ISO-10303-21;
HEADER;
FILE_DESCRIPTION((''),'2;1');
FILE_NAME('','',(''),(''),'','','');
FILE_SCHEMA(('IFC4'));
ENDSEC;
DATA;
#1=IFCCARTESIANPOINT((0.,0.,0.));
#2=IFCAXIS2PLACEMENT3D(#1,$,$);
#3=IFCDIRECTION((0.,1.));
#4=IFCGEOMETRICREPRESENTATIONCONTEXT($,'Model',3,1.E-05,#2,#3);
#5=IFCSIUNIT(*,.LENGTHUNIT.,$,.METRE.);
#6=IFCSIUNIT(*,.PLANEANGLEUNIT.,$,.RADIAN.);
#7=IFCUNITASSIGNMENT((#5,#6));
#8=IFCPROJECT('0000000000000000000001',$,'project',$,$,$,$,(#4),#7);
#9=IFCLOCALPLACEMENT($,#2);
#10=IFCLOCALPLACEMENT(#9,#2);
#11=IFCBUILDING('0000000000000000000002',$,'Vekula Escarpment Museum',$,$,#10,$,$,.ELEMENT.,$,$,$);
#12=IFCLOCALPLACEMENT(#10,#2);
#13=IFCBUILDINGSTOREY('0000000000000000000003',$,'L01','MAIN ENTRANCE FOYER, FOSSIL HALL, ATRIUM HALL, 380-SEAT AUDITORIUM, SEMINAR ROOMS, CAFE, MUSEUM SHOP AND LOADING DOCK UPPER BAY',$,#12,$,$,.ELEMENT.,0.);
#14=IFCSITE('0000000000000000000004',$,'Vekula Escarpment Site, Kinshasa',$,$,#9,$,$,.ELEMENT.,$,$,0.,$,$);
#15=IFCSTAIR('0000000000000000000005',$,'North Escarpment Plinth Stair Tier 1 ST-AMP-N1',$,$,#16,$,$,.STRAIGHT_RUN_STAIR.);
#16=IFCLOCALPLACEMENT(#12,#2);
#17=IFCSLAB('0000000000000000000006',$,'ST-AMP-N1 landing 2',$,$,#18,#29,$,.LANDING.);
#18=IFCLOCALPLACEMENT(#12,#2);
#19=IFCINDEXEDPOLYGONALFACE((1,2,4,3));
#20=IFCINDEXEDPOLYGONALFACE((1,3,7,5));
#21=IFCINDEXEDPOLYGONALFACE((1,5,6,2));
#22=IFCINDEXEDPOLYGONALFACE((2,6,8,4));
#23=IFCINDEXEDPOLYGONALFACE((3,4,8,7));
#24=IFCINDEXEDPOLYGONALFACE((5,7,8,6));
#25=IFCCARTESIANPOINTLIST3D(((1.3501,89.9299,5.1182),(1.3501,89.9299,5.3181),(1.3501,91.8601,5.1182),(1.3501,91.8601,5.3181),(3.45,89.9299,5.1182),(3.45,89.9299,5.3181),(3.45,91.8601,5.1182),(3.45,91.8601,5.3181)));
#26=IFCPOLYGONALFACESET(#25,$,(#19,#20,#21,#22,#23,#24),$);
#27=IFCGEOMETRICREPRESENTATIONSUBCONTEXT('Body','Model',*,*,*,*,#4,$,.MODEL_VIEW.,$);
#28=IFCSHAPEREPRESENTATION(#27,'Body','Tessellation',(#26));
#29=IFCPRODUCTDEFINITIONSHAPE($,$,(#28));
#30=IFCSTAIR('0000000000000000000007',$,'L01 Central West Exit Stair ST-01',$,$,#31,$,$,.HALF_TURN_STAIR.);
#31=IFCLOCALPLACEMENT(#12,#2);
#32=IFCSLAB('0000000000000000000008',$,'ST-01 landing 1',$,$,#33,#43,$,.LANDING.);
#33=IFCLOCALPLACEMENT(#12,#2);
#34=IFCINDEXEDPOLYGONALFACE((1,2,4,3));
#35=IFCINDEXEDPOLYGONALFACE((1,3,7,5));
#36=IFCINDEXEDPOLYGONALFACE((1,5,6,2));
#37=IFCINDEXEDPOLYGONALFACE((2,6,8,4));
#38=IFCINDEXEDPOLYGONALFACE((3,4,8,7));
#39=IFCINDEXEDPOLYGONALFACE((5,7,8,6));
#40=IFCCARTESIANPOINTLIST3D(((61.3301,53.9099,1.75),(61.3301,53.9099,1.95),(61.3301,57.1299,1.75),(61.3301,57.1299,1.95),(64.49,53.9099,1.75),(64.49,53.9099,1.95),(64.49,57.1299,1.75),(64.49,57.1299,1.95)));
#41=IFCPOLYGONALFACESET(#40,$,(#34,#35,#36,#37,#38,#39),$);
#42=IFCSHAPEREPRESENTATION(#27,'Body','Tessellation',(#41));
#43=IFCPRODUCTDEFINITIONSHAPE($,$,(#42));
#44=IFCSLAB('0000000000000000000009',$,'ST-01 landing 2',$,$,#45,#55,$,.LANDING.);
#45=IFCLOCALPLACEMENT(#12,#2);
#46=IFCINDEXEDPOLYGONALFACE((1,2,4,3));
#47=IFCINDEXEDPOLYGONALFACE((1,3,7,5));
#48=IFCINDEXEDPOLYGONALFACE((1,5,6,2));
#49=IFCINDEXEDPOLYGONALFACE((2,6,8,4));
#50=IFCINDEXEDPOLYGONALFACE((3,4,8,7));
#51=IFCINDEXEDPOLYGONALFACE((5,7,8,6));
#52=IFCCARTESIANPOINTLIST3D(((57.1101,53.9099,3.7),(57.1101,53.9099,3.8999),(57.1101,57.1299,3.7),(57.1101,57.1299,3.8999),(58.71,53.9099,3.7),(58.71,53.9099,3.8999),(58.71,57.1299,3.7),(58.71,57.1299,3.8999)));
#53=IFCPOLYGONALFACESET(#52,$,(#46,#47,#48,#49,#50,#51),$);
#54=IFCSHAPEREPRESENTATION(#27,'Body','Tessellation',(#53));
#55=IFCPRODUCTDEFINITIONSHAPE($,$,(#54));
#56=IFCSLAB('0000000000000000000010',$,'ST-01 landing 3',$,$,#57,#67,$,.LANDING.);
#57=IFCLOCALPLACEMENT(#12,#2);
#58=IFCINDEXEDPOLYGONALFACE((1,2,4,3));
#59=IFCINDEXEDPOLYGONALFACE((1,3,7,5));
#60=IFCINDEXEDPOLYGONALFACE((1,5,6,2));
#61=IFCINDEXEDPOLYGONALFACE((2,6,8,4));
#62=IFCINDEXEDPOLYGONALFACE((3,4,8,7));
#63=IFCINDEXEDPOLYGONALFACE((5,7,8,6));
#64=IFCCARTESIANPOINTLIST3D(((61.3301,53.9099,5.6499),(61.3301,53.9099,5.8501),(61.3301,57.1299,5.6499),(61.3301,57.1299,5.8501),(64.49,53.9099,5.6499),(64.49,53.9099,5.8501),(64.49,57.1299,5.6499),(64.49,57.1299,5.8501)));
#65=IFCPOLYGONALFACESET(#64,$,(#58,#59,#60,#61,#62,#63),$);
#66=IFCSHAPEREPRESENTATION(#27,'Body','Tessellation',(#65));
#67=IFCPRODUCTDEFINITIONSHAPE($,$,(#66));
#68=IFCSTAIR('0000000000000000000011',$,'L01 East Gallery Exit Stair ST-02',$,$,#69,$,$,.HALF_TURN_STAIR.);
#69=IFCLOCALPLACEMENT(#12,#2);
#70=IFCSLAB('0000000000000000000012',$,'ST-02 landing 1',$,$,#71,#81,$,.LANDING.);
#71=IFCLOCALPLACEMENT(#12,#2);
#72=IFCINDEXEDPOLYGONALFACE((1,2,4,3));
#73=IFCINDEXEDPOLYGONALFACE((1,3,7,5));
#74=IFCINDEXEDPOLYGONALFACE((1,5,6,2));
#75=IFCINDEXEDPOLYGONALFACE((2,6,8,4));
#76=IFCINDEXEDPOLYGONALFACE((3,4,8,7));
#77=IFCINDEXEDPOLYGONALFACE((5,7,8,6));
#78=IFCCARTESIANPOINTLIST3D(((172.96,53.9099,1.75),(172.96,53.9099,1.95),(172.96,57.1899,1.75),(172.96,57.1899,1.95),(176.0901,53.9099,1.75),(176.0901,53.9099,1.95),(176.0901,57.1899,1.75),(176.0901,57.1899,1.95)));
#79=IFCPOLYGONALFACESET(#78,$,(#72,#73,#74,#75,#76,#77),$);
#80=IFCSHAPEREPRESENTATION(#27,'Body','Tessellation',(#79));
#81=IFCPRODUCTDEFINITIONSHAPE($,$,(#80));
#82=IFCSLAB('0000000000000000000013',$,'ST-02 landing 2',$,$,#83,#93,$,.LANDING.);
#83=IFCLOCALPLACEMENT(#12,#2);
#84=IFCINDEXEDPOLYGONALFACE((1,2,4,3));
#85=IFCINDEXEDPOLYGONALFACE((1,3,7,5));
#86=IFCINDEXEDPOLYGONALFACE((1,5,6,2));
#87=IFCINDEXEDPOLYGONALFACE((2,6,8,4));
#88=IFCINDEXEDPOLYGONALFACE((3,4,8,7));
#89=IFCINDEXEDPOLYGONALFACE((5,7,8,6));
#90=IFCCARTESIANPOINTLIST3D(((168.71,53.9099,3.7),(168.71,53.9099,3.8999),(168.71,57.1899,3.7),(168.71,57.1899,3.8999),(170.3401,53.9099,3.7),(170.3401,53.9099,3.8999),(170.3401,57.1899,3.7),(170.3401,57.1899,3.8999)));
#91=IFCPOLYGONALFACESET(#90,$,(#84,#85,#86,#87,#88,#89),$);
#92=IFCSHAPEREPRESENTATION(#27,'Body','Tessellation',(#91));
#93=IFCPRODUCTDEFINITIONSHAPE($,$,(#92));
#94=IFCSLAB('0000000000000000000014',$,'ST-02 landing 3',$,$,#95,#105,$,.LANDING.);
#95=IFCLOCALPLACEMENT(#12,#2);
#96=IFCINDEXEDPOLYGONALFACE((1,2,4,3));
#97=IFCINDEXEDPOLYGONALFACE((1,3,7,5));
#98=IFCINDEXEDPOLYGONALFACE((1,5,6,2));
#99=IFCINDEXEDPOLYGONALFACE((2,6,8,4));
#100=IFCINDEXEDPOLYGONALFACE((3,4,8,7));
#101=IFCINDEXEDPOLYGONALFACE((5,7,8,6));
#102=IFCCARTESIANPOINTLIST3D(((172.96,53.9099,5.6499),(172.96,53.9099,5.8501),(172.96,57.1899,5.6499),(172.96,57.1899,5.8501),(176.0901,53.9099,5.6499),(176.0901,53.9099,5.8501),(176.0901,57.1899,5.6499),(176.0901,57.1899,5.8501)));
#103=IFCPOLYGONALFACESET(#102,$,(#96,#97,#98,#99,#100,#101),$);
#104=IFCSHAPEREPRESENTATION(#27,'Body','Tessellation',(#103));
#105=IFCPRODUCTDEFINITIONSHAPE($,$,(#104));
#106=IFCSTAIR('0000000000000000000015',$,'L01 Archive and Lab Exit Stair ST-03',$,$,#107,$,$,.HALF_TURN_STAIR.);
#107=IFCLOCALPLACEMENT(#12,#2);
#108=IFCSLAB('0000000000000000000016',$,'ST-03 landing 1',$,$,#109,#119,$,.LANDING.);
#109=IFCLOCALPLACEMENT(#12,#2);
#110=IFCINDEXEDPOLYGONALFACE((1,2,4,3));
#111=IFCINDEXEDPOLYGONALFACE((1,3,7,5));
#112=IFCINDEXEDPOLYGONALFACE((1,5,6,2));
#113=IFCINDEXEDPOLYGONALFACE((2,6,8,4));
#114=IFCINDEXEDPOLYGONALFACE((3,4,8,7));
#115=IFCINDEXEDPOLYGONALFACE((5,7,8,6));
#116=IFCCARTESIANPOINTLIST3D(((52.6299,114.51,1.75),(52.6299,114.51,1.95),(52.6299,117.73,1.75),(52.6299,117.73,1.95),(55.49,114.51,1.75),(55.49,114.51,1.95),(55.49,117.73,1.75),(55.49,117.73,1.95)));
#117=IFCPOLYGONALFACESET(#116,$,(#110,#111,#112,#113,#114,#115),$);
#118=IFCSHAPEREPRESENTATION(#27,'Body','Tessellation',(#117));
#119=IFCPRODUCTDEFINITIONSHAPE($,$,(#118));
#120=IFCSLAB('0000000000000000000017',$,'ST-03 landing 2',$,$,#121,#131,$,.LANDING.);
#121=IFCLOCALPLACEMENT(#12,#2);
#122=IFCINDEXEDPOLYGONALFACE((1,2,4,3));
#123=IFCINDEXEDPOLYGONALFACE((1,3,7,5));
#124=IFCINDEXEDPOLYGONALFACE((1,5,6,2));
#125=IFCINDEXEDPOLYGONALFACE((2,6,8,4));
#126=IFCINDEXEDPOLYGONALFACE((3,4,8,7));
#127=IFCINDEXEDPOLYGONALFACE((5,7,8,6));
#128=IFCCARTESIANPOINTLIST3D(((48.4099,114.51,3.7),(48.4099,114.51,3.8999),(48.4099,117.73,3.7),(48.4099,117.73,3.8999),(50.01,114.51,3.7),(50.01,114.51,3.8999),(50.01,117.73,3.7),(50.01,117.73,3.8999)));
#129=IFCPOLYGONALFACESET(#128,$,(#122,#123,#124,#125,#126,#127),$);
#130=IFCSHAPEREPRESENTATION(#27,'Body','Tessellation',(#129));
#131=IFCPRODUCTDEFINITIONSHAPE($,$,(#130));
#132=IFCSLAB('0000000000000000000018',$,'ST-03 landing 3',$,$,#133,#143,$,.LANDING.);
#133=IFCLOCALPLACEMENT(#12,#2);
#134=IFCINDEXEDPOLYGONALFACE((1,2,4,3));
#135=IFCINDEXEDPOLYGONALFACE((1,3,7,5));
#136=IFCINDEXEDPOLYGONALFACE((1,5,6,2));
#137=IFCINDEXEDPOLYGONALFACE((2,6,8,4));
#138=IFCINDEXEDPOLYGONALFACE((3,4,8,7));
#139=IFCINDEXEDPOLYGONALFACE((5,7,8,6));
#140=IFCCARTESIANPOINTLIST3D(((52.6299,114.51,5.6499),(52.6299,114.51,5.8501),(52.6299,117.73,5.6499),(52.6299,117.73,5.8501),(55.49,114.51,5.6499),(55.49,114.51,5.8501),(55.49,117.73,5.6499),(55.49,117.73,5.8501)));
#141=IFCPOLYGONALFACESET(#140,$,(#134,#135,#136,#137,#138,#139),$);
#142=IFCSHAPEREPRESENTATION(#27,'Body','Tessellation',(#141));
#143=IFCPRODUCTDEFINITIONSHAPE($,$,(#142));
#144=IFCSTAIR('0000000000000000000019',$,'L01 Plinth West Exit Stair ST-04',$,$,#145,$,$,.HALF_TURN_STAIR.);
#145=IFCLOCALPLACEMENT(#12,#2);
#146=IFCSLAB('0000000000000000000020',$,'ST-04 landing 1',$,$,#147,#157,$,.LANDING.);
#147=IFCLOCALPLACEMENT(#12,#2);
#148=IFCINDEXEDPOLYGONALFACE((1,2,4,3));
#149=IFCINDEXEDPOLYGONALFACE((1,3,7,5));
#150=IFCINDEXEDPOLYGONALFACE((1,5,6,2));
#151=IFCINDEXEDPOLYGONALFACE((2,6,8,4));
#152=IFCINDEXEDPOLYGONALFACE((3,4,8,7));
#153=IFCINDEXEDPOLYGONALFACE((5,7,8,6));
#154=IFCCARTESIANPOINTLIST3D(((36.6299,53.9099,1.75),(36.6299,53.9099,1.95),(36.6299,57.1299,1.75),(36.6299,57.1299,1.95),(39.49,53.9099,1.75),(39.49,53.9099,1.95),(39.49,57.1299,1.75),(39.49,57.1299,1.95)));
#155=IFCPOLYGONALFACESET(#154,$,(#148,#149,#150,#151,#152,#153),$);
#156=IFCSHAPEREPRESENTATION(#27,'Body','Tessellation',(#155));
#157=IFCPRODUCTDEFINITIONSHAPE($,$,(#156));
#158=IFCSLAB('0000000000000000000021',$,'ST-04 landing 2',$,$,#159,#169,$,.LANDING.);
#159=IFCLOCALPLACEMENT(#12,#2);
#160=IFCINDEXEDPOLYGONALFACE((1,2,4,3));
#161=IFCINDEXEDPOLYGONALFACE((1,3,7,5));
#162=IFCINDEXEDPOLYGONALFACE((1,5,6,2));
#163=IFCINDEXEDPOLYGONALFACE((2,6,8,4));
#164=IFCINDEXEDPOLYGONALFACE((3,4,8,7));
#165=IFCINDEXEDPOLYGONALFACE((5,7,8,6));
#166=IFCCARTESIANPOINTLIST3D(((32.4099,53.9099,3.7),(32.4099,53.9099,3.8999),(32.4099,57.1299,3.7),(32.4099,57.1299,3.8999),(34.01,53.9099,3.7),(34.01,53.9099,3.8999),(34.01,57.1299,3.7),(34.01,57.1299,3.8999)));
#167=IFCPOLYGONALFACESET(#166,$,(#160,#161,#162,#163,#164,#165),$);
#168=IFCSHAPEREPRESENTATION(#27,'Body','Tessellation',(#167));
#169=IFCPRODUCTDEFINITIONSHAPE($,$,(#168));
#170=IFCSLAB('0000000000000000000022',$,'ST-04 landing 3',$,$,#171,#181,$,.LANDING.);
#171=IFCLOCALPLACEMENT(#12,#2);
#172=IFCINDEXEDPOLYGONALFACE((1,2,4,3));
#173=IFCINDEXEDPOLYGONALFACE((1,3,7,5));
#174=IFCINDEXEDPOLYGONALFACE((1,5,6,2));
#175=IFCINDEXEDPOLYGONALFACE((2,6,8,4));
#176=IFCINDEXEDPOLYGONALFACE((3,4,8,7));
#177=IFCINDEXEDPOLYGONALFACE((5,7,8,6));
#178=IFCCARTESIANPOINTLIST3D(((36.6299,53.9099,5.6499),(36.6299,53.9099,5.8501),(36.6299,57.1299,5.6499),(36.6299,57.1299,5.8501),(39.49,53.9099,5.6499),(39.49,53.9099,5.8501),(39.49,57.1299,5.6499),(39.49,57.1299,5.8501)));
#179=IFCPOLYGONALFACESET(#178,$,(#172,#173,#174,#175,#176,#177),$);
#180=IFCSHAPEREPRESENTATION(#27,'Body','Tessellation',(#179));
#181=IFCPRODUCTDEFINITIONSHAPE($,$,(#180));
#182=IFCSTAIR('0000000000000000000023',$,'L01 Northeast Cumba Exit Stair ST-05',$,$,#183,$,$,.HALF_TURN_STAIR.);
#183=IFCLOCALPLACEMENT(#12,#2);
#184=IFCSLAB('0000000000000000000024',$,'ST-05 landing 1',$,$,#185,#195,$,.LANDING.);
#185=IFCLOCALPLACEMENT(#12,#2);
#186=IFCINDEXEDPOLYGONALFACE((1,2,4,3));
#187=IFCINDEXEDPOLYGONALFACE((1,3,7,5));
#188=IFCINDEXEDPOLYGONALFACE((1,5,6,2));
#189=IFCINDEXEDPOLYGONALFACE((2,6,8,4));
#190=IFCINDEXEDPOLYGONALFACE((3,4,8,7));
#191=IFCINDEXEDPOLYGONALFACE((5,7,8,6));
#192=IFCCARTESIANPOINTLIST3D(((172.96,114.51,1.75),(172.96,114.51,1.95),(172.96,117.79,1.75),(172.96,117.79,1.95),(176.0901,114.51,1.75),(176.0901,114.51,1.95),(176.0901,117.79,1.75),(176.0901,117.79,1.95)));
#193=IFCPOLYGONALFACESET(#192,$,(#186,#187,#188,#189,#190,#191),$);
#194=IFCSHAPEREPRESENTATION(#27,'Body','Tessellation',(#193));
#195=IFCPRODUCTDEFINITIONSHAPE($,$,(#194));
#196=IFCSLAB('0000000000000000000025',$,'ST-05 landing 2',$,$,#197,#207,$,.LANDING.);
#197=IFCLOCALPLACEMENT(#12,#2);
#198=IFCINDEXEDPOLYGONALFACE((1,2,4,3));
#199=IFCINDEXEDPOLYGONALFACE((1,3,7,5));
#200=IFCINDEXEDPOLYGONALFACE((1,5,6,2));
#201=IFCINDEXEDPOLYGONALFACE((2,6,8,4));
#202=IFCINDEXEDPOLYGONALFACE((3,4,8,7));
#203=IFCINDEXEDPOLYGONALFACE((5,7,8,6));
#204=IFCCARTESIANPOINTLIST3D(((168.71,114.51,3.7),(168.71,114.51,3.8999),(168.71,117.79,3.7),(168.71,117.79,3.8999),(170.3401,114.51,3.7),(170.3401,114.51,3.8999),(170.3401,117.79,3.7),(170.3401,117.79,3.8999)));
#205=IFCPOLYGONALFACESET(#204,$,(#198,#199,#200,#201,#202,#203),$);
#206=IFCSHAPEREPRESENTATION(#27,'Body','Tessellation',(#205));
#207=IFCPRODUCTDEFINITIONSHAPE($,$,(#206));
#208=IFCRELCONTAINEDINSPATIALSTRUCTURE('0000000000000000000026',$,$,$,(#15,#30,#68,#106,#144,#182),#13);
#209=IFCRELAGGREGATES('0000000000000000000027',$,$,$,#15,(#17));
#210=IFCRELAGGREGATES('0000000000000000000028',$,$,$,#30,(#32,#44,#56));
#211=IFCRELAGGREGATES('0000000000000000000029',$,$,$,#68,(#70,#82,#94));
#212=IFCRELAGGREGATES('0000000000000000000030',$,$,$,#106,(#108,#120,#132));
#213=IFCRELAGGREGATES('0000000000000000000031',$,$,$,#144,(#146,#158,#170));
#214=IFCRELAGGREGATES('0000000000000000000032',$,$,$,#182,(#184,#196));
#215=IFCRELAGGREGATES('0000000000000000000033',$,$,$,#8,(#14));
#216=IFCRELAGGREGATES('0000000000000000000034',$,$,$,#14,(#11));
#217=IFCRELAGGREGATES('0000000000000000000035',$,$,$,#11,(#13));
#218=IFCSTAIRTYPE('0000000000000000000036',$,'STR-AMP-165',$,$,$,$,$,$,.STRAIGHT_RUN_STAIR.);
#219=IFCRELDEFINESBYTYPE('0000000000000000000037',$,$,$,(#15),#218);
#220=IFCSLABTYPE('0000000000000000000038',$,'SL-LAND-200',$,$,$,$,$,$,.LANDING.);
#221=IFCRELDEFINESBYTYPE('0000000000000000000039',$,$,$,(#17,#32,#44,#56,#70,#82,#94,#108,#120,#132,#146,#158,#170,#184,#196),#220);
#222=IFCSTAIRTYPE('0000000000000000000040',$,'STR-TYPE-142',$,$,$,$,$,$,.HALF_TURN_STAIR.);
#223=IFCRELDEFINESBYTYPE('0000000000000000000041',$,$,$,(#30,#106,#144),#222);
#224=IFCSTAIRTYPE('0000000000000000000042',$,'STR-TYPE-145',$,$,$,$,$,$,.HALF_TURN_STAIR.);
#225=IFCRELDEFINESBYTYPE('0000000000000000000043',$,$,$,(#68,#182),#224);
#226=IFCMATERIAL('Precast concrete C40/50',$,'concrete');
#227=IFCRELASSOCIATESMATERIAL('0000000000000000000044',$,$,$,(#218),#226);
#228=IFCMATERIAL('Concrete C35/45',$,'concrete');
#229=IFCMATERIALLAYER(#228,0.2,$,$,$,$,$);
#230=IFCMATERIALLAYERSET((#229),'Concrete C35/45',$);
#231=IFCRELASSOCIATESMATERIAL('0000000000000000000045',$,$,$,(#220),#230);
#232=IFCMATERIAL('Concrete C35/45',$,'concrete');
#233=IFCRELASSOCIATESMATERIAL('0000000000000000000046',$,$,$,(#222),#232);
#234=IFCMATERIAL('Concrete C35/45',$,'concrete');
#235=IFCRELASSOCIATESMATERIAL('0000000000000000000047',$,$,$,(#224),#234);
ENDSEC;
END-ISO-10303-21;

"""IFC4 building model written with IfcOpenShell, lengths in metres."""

from ifc_helpers import new_model, si_unit, direction, frame, origin, place, context, subcontext, project, spatial, polyline, outline, extrude, material, layer, layer_set, type_object, element, aggregate, save


model = new_model("IFC4")

# Units and contexts
model_context = context("Model", 3, precision=1e-05, world=origin(), true_north=direction((0.0, 1.0)))
body_context = subcontext(model_context, "Body", "Model", "MODEL_VIEW")
ifc_project = project(units=[si_unit("LENGTHUNIT", "METRE"), si_unit("PLANEANGLEUNIT", "RADIAN")], contexts=[model_context])

# Site, building, storey
site_placement = place(None, origin())
site = spatial("IfcSite", under=ifc_project, at=site_placement, Name="Vekula Escarpment Site, Kinshasa", CompositionType="ELEMENT", RefElevation=0.0)
building_placement = place(site_placement, origin())
building = spatial("IfcBuilding", under=site, at=building_placement, Name="Vekula Escarpment Museum", CompositionType="ELEMENT")
storey_placement = place(building_placement, origin())
storey = spatial("IfcBuildingStorey", under=building, at=storey_placement, Name="L01", Description="MAIN ENTRANCE FOYER, FOSSIL HALL, ATRIUM HALL, 380-SEAT AUDITORIUM, SEMINAR ROOMS, CAFE, MUSEUM SHOP AND LOADING DOCK UPPER BAY", CompositionType="ELEMENT", Elevation=0.0)

# Stairs, slabs
ifc_material_1 = material(Name="Precast concrete C40/50", Category="concrete")
stair_type_1 = type_object("IfcStairType", Name="STR-AMP-165", PredefinedType="STRAIGHT_RUN_STAIR", material=ifc_material_1)
ifc_material_2 = material(Name="Concrete C35/45", Category="concrete")
ifc_layer_1 = layer(ifc_material_2, 0.2)
ifc_layer_set_1 = layer_set([ifc_layer_1], Name="Concrete C35/45")
slab_type_1 = type_object("IfcSlabType", Name="SL-LAND-200", PredefinedType="LANDING", material=ifc_layer_set_1)
stair_1_placement = place(storey_placement, origin())
stair_1 = element("IfcStair", 1, at=stair_1_placement, inside=storey, type_object=stair_type_1, Name="North Escarpment Plinth Stair Tier 1 ST-AMP-N1", PredefinedType="STRAIGHT_RUN_STAIR")
slab_1_placement = place(storey_placement, frame((0.0, 0.0, 5.1182)))
slab_1 = element("IfcSlab", 2, at=slab_1_placement, type_object=slab_type_1, Name="ST-AMP-N1 landing 2", PredefinedType="LANDING", context=body_context, shape_type="SweptSolid", body=[
    extrude(outline(polyline([(1.3501, 89.9299), (3.45, 89.9299), (3.45, 91.8601), (1.3501, 91.8601), (1.3501, 89.9299)])), origin(), (0.0, 0.0, 1.0), 0.2),
])
aggregate(stair_1, [slab_1])
ifc_material_3 = material(Name="Concrete C35/45", Category="concrete")
stair_type_2 = type_object("IfcStairType", Name="STR-TYPE-142", PredefinedType="HALF_TURN_STAIR", material=ifc_material_3)
stair_2_placement = place(storey_placement, origin())
stair_2 = element("IfcStair", 3, at=stair_2_placement, inside=storey, type_object=stair_type_2, Name="L01 Central West Exit Stair ST-01", PredefinedType="HALF_TURN_STAIR")
slab_2_placement = place(storey_placement, frame((0.0, 0.0, 1.75)))
slab_2 = element("IfcSlab", 4, at=slab_2_placement, type_object=slab_type_1, Name="ST-01 landing 1", PredefinedType="LANDING", context=body_context, shape_type="SweptSolid", body=[
    extrude(outline(polyline([(61.3301, 53.9099), (64.49, 53.9099), (64.49, 57.1299), (61.3301, 57.1299), (61.3301, 53.9099)])), origin(), (0.0, 0.0, 1.0), 0.2),
])
slab_3_placement = place(storey_placement, frame((0.0, 0.0, 3.7)))
slab_3 = element("IfcSlab", 5, at=slab_3_placement, type_object=slab_type_1, Name="ST-01 landing 2", PredefinedType="LANDING", context=body_context, shape_type="SweptSolid", body=[
    extrude(outline(polyline([(57.1101, 53.9099), (58.71, 53.9099), (58.71, 57.1299), (57.1101, 57.1299), (57.1101, 53.9099)])), origin(), (0.0, 0.0, 1.0), 0.2),
])
slab_4_placement = place(storey_placement, frame((0.0, 0.0, 5.6499)))
slab_4 = element("IfcSlab", 6, at=slab_4_placement, type_object=slab_type_1, Name="ST-01 landing 3", PredefinedType="LANDING", context=body_context, shape_type="SweptSolid", body=[
    extrude(outline(polyline([(61.3301, 53.9099), (64.49, 53.9099), (64.49, 57.1299), (61.3301, 57.1299), (61.3301, 53.9099)])), origin(), (0.0, 0.0, 1.0), 0.2002),
])
aggregate(stair_2, [slab_2, slab_3, slab_4])
ifc_material_4 = material(Name="Concrete C35/45", Category="concrete")
stair_type_3 = type_object("IfcStairType", Name="STR-TYPE-145", PredefinedType="HALF_TURN_STAIR", material=ifc_material_4)
stair_3_placement = place(storey_placement, origin())
stair_3 = element("IfcStair", 7, at=stair_3_placement, inside=storey, type_object=stair_type_3, Name="L01 East Gallery Exit Stair ST-02", PredefinedType="HALF_TURN_STAIR")
slab_5_placement = place(storey_placement, frame((0.0, 0.0, 1.75)))
slab_5 = element("IfcSlab", 8, at=slab_5_placement, type_object=slab_type_1, Name="ST-02 landing 1", PredefinedType="LANDING", context=body_context, shape_type="SweptSolid", body=[
    extrude(outline(polyline([(172.96, 53.9099), (176.0901, 53.9099), (176.0901, 57.1899), (172.96, 57.1899), (172.96, 53.9099)])), origin(), (0.0, 0.0, 1.0), 0.2),
])
slab_6_placement = place(storey_placement, frame((0.0, 0.0, 3.7)))
slab_6 = element("IfcSlab", 9, at=slab_6_placement, type_object=slab_type_1, Name="ST-02 landing 2", PredefinedType="LANDING", context=body_context, shape_type="SweptSolid", body=[
    extrude(outline(polyline([(168.71, 53.9099), (170.3401, 53.9099), (170.3401, 57.1899), (168.71, 57.1899), (168.71, 53.9099)])), origin(), (0.0, 0.0, 1.0), 0.2),
])
slab_7_placement = place(storey_placement, frame((0.0, 0.0, 5.6499)))
slab_7 = element("IfcSlab", 10, at=slab_7_placement, type_object=slab_type_1, Name="ST-02 landing 3", PredefinedType="LANDING", context=body_context, shape_type="SweptSolid", body=[
    extrude(outline(polyline([(172.96, 53.9099), (176.0901, 53.9099), (176.0901, 57.1899), (172.96, 57.1899), (172.96, 53.9099)])), origin(), (0.0, 0.0, 1.0), 0.2002),
])
aggregate(stair_3, [slab_5, slab_6, slab_7])
stair_4_placement = place(storey_placement, origin())
stair_4 = element("IfcStair", 11, at=stair_4_placement, inside=storey, type_object=stair_type_2, Name="L01 Archive and Lab Exit Stair ST-03", PredefinedType="HALF_TURN_STAIR")
slab_8_placement = place(storey_placement, frame((0.0, 0.0, 1.75)))
slab_8 = element("IfcSlab", 12, at=slab_8_placement, type_object=slab_type_1, Name="ST-03 landing 1", PredefinedType="LANDING", context=body_context, shape_type="SweptSolid", body=[
    extrude(outline(polyline([(52.6299, 114.51), (55.49, 114.51), (55.49, 117.73), (52.6299, 117.73), (52.6299, 114.51)])), origin(), (0.0, 0.0, 1.0), 0.2),
])
slab_9_placement = place(storey_placement, frame((0.0, 0.0, 3.7)))
slab_9 = element("IfcSlab", 13, at=slab_9_placement, type_object=slab_type_1, Name="ST-03 landing 2", PredefinedType="LANDING", context=body_context, shape_type="SweptSolid", body=[
    extrude(outline(polyline([(48.4099, 114.51), (50.01, 114.51), (50.01, 117.73), (48.4099, 117.73), (48.4099, 114.51)])), origin(), (0.0, 0.0, 1.0), 0.2),
])
slab_10_placement = place(storey_placement, frame((0.0, 0.0, 5.6499)))
slab_10 = element("IfcSlab", 14, at=slab_10_placement, type_object=slab_type_1, Name="ST-03 landing 3", PredefinedType="LANDING", context=body_context, shape_type="SweptSolid", body=[
    extrude(outline(polyline([(52.6299, 114.51), (55.49, 114.51), (55.49, 117.73), (52.6299, 117.73), (52.6299, 114.51)])), origin(), (0.0, 0.0, 1.0), 0.2002),
])
aggregate(stair_4, [slab_8, slab_9, slab_10])
stair_5_placement = place(storey_placement, origin())
stair_5 = element("IfcStair", 15, at=stair_5_placement, inside=storey, type_object=stair_type_2, Name="L01 Plinth West Exit Stair ST-04", PredefinedType="HALF_TURN_STAIR")
slab_11_placement = place(storey_placement, frame((0.0, 0.0, 1.75)))
slab_11 = element("IfcSlab", 16, at=slab_11_placement, type_object=slab_type_1, Name="ST-04 landing 1", PredefinedType="LANDING", context=body_context, shape_type="SweptSolid", body=[
    extrude(outline(polyline([(36.6299, 53.9099), (39.49, 53.9099), (39.49, 57.1299), (36.6299, 57.1299), (36.6299, 53.9099)])), origin(), (0.0, 0.0, 1.0), 0.2),
])
slab_12_placement = place(storey_placement, frame((0.0, 0.0, 3.7)))
slab_12 = element("IfcSlab", 17, at=slab_12_placement, type_object=slab_type_1, Name="ST-04 landing 2", PredefinedType="LANDING", context=body_context, shape_type="SweptSolid", body=[
    extrude(outline(polyline([(32.4099, 53.9099), (34.01, 53.9099), (34.01, 57.1299), (32.4099, 57.1299), (32.4099, 53.9099)])), origin(), (0.0, 0.0, 1.0), 0.2),
])
slab_13_placement = place(storey_placement, frame((0.0, 0.0, 5.6499)))
slab_13 = element("IfcSlab", 18, at=slab_13_placement, type_object=slab_type_1, Name="ST-04 landing 3", PredefinedType="LANDING", context=body_context, shape_type="SweptSolid", body=[
    extrude(outline(polyline([(36.6299, 53.9099), (39.49, 53.9099), (39.49, 57.1299), (36.6299, 57.1299), (36.6299, 53.9099)])), origin(), (0.0, 0.0, 1.0), 0.2002),
])
aggregate(stair_5, [slab_11, slab_12, slab_13])
stair_6_placement = place(storey_placement, origin())
stair_6 = element("IfcStair", 19, at=stair_6_placement, inside=storey, type_object=stair_type_3, Name="L01 Northeast Cumba Exit Stair ST-05", PredefinedType="HALF_TURN_STAIR")
slab_14_placement = place(storey_placement, frame((0.0, 0.0, 1.75)))
slab_14 = element("IfcSlab", 20, at=slab_14_placement, type_object=slab_type_1, Name="ST-05 landing 1", PredefinedType="LANDING", context=body_context, shape_type="SweptSolid", body=[
    extrude(outline(polyline([(172.96, 114.51), (176.0901, 114.51), (176.0901, 117.79), (172.96, 117.79), (172.96, 114.51)])), origin(), (0.0, 0.0, 1.0), 0.2),
])
slab_15_placement = place(storey_placement, frame((0.0, 0.0, 3.7)))
slab_15 = element("IfcSlab", 21, at=slab_15_placement, type_object=slab_type_1, Name="ST-05 landing 2", PredefinedType="LANDING", context=body_context, shape_type="SweptSolid", body=[
    extrude(outline(polyline([(168.71, 114.51), (170.3401, 114.51), (170.3401, 117.79), (168.71, 117.79), (168.71, 114.51)])), origin(), (0.0, 0.0, 1.0), 0.2),
])
aggregate(stair_6, [slab_14, slab_15])

save(model, "model.ifc")
